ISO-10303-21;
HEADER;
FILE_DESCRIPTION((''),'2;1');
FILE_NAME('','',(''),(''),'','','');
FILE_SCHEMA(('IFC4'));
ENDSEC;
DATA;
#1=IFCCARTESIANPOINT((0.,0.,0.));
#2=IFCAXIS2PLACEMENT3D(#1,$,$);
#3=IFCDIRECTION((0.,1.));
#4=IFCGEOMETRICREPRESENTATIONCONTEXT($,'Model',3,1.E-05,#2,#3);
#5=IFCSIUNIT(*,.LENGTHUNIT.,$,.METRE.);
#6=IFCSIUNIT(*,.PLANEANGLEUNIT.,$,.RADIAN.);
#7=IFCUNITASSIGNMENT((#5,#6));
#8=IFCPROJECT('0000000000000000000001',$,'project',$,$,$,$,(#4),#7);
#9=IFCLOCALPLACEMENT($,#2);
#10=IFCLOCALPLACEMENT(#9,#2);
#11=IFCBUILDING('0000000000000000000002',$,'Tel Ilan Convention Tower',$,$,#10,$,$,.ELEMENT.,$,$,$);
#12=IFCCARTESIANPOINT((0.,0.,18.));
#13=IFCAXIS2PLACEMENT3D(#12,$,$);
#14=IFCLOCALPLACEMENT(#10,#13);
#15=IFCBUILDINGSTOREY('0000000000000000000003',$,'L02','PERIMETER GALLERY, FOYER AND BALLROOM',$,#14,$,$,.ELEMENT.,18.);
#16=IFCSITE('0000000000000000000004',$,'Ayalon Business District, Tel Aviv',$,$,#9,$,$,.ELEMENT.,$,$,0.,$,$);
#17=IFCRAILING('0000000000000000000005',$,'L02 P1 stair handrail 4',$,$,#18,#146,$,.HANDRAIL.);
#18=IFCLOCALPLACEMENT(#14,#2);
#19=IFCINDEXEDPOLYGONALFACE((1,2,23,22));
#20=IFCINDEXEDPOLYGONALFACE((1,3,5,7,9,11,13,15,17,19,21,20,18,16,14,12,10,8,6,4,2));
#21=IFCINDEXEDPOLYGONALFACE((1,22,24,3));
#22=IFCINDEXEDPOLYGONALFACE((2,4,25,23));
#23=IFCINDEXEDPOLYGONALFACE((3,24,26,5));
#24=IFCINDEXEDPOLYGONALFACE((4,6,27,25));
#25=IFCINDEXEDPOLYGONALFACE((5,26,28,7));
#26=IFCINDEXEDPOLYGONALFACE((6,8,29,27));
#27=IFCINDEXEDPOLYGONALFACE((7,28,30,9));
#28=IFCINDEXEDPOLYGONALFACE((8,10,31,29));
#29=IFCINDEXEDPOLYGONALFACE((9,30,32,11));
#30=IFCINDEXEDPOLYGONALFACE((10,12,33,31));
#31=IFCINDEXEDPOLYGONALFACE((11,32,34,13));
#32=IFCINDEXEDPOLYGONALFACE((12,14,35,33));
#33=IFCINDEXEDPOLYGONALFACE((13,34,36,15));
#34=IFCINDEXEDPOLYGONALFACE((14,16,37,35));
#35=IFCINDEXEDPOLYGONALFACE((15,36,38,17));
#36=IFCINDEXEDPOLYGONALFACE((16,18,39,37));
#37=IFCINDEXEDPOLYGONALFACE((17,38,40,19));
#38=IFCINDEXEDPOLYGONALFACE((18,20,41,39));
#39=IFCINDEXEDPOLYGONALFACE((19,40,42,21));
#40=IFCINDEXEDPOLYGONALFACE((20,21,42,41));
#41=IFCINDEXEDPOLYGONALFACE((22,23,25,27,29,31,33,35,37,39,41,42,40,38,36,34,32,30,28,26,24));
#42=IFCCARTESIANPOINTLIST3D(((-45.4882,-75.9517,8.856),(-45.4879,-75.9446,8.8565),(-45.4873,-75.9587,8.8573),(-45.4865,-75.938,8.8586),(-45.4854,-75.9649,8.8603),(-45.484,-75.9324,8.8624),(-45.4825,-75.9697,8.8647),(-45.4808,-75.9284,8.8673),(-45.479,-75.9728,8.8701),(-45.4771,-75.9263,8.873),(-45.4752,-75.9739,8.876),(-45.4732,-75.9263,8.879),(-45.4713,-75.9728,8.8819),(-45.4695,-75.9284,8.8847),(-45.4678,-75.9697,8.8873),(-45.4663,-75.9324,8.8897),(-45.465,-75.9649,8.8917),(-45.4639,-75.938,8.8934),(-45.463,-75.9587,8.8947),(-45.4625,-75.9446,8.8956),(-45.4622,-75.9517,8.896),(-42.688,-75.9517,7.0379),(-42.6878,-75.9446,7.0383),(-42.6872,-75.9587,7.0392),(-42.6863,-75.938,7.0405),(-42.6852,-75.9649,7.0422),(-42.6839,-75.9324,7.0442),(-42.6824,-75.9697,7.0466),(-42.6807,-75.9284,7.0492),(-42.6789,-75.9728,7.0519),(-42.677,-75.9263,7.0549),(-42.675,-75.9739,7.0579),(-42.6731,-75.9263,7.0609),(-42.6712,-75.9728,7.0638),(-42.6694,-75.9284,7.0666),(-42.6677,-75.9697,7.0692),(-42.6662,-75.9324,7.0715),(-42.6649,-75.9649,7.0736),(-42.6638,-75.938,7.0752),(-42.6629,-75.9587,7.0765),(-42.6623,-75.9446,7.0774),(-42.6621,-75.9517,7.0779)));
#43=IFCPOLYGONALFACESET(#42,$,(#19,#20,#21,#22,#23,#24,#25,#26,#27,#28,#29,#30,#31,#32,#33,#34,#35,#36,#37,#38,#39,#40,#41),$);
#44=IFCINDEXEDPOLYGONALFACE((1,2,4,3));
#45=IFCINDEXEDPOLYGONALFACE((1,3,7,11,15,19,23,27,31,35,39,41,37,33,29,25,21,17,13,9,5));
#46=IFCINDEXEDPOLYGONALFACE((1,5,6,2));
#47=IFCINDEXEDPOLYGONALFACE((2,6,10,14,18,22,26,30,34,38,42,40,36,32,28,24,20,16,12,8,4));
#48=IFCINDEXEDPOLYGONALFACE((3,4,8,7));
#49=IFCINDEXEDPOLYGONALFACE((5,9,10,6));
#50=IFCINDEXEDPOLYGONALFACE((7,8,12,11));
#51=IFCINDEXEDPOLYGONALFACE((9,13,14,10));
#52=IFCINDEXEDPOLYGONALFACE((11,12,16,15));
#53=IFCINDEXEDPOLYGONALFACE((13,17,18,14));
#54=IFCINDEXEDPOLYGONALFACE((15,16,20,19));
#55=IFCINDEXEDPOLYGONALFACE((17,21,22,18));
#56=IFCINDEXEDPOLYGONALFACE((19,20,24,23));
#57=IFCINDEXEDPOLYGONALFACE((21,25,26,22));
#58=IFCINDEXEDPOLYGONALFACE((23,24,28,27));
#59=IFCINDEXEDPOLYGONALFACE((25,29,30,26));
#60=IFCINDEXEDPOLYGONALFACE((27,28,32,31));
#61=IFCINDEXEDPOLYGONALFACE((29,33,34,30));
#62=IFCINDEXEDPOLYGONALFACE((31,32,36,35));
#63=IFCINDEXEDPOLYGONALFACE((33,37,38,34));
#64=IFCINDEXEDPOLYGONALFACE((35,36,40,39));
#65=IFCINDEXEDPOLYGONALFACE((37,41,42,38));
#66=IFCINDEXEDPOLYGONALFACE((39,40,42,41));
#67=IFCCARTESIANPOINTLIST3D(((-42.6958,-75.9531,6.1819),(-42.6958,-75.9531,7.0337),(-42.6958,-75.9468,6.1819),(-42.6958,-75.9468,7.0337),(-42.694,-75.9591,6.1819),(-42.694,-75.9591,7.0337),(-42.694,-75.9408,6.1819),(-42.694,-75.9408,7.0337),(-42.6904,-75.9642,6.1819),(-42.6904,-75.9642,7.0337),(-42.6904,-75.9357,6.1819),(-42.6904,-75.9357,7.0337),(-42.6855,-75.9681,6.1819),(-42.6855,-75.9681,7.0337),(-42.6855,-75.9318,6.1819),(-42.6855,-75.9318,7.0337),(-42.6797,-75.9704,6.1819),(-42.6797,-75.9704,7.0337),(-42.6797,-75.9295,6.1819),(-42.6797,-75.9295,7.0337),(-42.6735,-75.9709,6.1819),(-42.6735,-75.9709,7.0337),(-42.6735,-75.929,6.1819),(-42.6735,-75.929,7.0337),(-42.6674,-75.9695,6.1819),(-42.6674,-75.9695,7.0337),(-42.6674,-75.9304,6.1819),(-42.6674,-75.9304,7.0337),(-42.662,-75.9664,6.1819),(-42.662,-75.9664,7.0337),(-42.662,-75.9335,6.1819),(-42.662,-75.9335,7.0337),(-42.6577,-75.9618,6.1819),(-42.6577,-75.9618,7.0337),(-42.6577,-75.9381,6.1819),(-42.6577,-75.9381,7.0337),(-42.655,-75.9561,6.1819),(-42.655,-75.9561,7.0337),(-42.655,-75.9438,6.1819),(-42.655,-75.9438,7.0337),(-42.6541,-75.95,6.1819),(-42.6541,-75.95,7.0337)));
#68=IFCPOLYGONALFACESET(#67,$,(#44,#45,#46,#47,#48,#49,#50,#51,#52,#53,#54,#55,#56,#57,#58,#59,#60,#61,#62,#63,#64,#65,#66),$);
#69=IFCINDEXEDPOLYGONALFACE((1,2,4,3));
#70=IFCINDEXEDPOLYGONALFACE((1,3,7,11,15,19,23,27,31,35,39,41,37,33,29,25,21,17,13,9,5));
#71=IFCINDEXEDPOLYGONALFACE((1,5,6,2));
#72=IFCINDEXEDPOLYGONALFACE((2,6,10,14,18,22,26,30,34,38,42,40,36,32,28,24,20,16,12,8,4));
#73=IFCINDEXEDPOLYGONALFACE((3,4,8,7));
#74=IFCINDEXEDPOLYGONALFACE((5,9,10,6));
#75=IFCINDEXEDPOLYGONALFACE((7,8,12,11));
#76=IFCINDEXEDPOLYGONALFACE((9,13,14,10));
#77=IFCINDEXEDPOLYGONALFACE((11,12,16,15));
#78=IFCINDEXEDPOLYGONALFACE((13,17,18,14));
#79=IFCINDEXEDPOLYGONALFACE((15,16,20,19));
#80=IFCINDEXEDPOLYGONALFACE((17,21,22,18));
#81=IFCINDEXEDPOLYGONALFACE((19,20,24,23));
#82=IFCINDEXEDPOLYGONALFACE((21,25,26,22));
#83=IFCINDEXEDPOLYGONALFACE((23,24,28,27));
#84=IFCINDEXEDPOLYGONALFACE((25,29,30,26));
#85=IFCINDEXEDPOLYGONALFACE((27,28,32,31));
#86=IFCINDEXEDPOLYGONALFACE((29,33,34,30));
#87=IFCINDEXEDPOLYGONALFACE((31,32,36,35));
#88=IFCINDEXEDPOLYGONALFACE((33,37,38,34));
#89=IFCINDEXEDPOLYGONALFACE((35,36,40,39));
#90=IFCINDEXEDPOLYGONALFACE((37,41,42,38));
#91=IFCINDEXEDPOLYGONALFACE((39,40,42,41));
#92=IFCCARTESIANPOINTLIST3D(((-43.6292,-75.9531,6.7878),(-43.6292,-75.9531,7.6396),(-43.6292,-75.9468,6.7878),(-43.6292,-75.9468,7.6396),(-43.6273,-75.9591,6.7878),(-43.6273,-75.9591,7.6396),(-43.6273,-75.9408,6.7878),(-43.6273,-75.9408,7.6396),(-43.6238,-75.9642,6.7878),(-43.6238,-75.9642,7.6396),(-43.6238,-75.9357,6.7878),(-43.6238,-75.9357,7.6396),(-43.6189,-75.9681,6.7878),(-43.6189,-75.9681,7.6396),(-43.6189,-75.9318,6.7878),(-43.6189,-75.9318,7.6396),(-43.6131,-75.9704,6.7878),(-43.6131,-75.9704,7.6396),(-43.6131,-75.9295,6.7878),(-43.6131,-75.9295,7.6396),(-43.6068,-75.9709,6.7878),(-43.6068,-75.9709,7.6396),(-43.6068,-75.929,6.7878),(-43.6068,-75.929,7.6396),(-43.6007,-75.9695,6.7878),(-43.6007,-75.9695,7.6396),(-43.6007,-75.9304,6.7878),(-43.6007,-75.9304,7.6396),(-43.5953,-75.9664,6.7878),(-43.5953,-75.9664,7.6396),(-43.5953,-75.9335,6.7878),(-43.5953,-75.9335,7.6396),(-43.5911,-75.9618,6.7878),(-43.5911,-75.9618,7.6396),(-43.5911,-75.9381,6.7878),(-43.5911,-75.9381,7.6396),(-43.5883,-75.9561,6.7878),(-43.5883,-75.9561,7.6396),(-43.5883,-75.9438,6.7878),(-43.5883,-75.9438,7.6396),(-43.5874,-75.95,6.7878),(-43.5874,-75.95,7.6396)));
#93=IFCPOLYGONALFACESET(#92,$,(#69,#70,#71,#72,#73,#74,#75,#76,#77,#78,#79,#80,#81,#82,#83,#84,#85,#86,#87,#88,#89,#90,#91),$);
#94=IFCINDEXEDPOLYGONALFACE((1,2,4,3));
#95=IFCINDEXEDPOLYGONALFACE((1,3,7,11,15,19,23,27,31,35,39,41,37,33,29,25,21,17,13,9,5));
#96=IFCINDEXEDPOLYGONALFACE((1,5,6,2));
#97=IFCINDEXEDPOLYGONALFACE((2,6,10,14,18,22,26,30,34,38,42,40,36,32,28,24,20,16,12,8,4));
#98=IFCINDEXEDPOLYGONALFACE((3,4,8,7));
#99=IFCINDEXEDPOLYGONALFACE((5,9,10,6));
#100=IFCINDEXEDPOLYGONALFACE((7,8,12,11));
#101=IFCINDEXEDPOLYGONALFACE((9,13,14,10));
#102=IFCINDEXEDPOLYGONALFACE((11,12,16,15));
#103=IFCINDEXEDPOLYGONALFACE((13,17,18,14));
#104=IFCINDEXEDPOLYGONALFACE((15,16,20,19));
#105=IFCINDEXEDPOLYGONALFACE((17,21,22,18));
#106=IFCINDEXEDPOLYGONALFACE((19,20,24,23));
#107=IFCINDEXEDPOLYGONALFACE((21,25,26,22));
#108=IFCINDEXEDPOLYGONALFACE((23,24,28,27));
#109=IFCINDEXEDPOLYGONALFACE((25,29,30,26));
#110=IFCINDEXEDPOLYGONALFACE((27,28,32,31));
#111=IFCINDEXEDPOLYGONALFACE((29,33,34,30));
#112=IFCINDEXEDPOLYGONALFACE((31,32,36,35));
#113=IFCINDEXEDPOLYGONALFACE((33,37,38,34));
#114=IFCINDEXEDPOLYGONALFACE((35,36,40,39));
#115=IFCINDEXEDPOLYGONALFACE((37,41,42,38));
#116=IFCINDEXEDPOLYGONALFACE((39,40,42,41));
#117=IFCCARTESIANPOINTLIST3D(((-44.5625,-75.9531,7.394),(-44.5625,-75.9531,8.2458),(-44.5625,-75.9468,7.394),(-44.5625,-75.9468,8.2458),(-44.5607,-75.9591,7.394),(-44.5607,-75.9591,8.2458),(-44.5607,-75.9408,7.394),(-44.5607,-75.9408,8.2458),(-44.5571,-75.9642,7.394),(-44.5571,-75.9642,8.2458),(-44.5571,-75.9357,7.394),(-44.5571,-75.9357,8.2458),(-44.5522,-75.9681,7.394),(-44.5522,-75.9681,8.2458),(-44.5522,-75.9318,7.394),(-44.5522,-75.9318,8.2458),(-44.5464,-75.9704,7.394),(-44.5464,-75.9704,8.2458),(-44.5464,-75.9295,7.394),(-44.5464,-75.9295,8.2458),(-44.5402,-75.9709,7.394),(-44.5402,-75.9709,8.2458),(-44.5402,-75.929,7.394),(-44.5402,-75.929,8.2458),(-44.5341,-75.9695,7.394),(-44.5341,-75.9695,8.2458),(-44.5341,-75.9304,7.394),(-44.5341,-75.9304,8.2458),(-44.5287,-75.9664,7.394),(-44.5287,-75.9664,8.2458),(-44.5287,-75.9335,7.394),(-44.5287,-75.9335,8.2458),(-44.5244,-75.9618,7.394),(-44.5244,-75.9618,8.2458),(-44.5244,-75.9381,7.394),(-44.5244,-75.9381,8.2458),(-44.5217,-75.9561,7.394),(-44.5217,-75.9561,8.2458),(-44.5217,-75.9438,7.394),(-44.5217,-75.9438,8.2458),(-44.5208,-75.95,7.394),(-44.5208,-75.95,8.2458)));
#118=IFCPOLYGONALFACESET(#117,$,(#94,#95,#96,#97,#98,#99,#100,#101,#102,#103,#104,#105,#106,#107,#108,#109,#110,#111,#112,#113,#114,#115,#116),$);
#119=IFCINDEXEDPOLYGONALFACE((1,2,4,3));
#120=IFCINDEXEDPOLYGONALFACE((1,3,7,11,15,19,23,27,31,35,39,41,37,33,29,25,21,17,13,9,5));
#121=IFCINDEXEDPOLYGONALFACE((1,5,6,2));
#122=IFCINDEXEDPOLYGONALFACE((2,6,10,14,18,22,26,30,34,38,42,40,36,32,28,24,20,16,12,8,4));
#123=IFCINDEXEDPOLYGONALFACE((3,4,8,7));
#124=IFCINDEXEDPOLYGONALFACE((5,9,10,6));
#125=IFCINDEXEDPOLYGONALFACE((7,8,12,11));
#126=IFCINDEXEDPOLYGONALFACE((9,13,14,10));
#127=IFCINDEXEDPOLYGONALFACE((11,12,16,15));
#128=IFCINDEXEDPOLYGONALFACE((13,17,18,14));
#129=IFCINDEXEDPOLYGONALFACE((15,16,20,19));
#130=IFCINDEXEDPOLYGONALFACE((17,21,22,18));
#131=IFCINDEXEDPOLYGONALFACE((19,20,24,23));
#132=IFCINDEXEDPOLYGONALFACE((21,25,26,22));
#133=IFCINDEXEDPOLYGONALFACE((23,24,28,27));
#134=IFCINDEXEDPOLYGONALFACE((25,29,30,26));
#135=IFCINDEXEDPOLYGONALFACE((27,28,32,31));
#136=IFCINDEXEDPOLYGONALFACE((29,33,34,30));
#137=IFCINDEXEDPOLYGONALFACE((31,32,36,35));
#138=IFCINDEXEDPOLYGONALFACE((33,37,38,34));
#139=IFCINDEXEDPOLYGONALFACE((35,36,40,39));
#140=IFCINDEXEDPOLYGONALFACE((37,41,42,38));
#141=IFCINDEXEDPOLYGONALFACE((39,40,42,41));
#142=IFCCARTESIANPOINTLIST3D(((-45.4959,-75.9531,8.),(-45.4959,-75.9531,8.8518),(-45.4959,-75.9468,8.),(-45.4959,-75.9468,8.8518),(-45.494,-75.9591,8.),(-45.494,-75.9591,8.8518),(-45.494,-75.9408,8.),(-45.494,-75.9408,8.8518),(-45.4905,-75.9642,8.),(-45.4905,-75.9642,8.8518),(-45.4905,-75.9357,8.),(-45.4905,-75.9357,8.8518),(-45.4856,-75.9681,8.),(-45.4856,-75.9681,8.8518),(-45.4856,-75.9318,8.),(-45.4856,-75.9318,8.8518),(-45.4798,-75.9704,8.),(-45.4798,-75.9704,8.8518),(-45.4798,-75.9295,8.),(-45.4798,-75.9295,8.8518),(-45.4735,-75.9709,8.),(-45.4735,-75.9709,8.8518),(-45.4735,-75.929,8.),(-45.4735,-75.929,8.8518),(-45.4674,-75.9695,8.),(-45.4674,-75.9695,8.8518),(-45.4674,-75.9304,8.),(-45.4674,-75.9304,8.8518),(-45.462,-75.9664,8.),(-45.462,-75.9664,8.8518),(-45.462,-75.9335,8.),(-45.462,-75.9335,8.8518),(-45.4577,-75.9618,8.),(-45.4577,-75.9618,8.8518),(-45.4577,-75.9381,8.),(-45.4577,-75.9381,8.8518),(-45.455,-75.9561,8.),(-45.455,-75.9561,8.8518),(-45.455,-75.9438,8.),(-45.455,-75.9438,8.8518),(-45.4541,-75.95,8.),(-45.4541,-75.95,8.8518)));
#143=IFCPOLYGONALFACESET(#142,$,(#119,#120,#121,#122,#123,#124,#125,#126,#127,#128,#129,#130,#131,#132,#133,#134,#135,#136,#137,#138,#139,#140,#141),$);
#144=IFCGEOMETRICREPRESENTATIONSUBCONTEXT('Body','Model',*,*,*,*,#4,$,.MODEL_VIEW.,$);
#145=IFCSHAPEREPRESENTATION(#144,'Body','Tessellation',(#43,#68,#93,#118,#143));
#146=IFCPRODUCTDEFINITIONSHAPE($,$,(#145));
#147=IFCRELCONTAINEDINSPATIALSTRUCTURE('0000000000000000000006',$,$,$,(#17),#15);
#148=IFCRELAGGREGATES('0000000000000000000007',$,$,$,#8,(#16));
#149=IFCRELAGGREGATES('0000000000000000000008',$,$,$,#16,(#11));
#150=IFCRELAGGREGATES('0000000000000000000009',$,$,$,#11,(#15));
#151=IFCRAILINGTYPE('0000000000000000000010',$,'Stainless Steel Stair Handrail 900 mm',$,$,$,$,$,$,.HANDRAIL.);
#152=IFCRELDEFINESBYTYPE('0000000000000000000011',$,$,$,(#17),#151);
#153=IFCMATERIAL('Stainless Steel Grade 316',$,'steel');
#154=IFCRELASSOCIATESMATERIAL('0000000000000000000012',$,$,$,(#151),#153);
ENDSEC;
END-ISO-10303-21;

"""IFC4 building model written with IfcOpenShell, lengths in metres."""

from ifc_helpers import new_model, si_unit, direction, frame, origin, origin_2d, place, context, subcontext, project, spatial, circle, extrude, material, type_object, element, save


model = new_model("IFC4")

# Units and contexts
model_context = context("Model", 3, precision=1e-05, world=origin(), true_north=direction((0.0, 1.0)))
body_context = subcontext(model_context, "Body", "Model", "MODEL_VIEW")
ifc_project = project(units=[si_unit("LENGTHUNIT", "METRE"), si_unit("PLANEANGLEUNIT", "RADIAN")], contexts=[model_context])

# Site, building, storey
site_placement = place(None, origin())
site = spatial("IfcSite", under=ifc_project, at=site_placement, Name="Ayalon Business District, Tel Aviv", CompositionType="ELEMENT", RefElevation=0.0)
building_placement = place(site_placement, origin())
building = spatial("IfcBuilding", under=site, at=building_placement, Name="Tel Ilan Convention Tower", CompositionType="ELEMENT")
storey_placement = place(building_placement, frame((0.0, 0.0, 18.0)))
storey = spatial("IfcBuildingStorey", under=building, at=storey_placement, Name="L02", Description="PERIMETER GALLERY, FOYER AND BALLROOM", CompositionType="ELEMENT", Elevation=18.0)

# Railing
ifc_material_1 = material(Name="Stainless Steel Grade 316", Category="steel")
railing_type_1 = type_object("IfcRailingType", Name="Stainless Steel Stair Handrail 900 mm", PredefinedType="HANDRAIL", material=ifc_material_1)
for number, where, name in (
    (1, (-42.675, -75.95, 6.1819), "L02 P1 stair handrail 4"),
):
    element("IfcRailing", number, at=place(storey_placement, frame(where)), inside=storey, type_object=railing_type_1, Name=name, PredefinedType="HANDRAIL", context=body_context, shape_type="SweptSolid", body=[
        extrude(circle(Radius=0.0239, at=origin_2d()), frame((0.0, 0.0, 0.876), z_axis=(-0.838706, 0.0, 0.544585), x_axis=(0.0, -1.0, 0.0)), (0.0, 0.0, 1.0), 3.3386),
        extrude(circle(Radius=0.021, at=origin_2d()), origin(), (0.0, 0.0, 1.0), 0.8518),
        extrude(circle(Radius=0.021, at=origin_2d()), frame((-0.9333, 0.0, 0.606)), (0.0, 0.0, 1.0), 0.8518),
        extrude(circle(Radius=0.021, at=origin_2d()), frame((-1.8667, 0.0, 1.2122)), (0.0, 0.0, 1.0), 0.8518),
        extrude(circle(Radius=0.021, at=origin_2d()), frame((-2.8, 0.0, 1.8181)), (0.0, 0.0, 1.0), 0.8518),
    ])

save(model, "model.ifc")
